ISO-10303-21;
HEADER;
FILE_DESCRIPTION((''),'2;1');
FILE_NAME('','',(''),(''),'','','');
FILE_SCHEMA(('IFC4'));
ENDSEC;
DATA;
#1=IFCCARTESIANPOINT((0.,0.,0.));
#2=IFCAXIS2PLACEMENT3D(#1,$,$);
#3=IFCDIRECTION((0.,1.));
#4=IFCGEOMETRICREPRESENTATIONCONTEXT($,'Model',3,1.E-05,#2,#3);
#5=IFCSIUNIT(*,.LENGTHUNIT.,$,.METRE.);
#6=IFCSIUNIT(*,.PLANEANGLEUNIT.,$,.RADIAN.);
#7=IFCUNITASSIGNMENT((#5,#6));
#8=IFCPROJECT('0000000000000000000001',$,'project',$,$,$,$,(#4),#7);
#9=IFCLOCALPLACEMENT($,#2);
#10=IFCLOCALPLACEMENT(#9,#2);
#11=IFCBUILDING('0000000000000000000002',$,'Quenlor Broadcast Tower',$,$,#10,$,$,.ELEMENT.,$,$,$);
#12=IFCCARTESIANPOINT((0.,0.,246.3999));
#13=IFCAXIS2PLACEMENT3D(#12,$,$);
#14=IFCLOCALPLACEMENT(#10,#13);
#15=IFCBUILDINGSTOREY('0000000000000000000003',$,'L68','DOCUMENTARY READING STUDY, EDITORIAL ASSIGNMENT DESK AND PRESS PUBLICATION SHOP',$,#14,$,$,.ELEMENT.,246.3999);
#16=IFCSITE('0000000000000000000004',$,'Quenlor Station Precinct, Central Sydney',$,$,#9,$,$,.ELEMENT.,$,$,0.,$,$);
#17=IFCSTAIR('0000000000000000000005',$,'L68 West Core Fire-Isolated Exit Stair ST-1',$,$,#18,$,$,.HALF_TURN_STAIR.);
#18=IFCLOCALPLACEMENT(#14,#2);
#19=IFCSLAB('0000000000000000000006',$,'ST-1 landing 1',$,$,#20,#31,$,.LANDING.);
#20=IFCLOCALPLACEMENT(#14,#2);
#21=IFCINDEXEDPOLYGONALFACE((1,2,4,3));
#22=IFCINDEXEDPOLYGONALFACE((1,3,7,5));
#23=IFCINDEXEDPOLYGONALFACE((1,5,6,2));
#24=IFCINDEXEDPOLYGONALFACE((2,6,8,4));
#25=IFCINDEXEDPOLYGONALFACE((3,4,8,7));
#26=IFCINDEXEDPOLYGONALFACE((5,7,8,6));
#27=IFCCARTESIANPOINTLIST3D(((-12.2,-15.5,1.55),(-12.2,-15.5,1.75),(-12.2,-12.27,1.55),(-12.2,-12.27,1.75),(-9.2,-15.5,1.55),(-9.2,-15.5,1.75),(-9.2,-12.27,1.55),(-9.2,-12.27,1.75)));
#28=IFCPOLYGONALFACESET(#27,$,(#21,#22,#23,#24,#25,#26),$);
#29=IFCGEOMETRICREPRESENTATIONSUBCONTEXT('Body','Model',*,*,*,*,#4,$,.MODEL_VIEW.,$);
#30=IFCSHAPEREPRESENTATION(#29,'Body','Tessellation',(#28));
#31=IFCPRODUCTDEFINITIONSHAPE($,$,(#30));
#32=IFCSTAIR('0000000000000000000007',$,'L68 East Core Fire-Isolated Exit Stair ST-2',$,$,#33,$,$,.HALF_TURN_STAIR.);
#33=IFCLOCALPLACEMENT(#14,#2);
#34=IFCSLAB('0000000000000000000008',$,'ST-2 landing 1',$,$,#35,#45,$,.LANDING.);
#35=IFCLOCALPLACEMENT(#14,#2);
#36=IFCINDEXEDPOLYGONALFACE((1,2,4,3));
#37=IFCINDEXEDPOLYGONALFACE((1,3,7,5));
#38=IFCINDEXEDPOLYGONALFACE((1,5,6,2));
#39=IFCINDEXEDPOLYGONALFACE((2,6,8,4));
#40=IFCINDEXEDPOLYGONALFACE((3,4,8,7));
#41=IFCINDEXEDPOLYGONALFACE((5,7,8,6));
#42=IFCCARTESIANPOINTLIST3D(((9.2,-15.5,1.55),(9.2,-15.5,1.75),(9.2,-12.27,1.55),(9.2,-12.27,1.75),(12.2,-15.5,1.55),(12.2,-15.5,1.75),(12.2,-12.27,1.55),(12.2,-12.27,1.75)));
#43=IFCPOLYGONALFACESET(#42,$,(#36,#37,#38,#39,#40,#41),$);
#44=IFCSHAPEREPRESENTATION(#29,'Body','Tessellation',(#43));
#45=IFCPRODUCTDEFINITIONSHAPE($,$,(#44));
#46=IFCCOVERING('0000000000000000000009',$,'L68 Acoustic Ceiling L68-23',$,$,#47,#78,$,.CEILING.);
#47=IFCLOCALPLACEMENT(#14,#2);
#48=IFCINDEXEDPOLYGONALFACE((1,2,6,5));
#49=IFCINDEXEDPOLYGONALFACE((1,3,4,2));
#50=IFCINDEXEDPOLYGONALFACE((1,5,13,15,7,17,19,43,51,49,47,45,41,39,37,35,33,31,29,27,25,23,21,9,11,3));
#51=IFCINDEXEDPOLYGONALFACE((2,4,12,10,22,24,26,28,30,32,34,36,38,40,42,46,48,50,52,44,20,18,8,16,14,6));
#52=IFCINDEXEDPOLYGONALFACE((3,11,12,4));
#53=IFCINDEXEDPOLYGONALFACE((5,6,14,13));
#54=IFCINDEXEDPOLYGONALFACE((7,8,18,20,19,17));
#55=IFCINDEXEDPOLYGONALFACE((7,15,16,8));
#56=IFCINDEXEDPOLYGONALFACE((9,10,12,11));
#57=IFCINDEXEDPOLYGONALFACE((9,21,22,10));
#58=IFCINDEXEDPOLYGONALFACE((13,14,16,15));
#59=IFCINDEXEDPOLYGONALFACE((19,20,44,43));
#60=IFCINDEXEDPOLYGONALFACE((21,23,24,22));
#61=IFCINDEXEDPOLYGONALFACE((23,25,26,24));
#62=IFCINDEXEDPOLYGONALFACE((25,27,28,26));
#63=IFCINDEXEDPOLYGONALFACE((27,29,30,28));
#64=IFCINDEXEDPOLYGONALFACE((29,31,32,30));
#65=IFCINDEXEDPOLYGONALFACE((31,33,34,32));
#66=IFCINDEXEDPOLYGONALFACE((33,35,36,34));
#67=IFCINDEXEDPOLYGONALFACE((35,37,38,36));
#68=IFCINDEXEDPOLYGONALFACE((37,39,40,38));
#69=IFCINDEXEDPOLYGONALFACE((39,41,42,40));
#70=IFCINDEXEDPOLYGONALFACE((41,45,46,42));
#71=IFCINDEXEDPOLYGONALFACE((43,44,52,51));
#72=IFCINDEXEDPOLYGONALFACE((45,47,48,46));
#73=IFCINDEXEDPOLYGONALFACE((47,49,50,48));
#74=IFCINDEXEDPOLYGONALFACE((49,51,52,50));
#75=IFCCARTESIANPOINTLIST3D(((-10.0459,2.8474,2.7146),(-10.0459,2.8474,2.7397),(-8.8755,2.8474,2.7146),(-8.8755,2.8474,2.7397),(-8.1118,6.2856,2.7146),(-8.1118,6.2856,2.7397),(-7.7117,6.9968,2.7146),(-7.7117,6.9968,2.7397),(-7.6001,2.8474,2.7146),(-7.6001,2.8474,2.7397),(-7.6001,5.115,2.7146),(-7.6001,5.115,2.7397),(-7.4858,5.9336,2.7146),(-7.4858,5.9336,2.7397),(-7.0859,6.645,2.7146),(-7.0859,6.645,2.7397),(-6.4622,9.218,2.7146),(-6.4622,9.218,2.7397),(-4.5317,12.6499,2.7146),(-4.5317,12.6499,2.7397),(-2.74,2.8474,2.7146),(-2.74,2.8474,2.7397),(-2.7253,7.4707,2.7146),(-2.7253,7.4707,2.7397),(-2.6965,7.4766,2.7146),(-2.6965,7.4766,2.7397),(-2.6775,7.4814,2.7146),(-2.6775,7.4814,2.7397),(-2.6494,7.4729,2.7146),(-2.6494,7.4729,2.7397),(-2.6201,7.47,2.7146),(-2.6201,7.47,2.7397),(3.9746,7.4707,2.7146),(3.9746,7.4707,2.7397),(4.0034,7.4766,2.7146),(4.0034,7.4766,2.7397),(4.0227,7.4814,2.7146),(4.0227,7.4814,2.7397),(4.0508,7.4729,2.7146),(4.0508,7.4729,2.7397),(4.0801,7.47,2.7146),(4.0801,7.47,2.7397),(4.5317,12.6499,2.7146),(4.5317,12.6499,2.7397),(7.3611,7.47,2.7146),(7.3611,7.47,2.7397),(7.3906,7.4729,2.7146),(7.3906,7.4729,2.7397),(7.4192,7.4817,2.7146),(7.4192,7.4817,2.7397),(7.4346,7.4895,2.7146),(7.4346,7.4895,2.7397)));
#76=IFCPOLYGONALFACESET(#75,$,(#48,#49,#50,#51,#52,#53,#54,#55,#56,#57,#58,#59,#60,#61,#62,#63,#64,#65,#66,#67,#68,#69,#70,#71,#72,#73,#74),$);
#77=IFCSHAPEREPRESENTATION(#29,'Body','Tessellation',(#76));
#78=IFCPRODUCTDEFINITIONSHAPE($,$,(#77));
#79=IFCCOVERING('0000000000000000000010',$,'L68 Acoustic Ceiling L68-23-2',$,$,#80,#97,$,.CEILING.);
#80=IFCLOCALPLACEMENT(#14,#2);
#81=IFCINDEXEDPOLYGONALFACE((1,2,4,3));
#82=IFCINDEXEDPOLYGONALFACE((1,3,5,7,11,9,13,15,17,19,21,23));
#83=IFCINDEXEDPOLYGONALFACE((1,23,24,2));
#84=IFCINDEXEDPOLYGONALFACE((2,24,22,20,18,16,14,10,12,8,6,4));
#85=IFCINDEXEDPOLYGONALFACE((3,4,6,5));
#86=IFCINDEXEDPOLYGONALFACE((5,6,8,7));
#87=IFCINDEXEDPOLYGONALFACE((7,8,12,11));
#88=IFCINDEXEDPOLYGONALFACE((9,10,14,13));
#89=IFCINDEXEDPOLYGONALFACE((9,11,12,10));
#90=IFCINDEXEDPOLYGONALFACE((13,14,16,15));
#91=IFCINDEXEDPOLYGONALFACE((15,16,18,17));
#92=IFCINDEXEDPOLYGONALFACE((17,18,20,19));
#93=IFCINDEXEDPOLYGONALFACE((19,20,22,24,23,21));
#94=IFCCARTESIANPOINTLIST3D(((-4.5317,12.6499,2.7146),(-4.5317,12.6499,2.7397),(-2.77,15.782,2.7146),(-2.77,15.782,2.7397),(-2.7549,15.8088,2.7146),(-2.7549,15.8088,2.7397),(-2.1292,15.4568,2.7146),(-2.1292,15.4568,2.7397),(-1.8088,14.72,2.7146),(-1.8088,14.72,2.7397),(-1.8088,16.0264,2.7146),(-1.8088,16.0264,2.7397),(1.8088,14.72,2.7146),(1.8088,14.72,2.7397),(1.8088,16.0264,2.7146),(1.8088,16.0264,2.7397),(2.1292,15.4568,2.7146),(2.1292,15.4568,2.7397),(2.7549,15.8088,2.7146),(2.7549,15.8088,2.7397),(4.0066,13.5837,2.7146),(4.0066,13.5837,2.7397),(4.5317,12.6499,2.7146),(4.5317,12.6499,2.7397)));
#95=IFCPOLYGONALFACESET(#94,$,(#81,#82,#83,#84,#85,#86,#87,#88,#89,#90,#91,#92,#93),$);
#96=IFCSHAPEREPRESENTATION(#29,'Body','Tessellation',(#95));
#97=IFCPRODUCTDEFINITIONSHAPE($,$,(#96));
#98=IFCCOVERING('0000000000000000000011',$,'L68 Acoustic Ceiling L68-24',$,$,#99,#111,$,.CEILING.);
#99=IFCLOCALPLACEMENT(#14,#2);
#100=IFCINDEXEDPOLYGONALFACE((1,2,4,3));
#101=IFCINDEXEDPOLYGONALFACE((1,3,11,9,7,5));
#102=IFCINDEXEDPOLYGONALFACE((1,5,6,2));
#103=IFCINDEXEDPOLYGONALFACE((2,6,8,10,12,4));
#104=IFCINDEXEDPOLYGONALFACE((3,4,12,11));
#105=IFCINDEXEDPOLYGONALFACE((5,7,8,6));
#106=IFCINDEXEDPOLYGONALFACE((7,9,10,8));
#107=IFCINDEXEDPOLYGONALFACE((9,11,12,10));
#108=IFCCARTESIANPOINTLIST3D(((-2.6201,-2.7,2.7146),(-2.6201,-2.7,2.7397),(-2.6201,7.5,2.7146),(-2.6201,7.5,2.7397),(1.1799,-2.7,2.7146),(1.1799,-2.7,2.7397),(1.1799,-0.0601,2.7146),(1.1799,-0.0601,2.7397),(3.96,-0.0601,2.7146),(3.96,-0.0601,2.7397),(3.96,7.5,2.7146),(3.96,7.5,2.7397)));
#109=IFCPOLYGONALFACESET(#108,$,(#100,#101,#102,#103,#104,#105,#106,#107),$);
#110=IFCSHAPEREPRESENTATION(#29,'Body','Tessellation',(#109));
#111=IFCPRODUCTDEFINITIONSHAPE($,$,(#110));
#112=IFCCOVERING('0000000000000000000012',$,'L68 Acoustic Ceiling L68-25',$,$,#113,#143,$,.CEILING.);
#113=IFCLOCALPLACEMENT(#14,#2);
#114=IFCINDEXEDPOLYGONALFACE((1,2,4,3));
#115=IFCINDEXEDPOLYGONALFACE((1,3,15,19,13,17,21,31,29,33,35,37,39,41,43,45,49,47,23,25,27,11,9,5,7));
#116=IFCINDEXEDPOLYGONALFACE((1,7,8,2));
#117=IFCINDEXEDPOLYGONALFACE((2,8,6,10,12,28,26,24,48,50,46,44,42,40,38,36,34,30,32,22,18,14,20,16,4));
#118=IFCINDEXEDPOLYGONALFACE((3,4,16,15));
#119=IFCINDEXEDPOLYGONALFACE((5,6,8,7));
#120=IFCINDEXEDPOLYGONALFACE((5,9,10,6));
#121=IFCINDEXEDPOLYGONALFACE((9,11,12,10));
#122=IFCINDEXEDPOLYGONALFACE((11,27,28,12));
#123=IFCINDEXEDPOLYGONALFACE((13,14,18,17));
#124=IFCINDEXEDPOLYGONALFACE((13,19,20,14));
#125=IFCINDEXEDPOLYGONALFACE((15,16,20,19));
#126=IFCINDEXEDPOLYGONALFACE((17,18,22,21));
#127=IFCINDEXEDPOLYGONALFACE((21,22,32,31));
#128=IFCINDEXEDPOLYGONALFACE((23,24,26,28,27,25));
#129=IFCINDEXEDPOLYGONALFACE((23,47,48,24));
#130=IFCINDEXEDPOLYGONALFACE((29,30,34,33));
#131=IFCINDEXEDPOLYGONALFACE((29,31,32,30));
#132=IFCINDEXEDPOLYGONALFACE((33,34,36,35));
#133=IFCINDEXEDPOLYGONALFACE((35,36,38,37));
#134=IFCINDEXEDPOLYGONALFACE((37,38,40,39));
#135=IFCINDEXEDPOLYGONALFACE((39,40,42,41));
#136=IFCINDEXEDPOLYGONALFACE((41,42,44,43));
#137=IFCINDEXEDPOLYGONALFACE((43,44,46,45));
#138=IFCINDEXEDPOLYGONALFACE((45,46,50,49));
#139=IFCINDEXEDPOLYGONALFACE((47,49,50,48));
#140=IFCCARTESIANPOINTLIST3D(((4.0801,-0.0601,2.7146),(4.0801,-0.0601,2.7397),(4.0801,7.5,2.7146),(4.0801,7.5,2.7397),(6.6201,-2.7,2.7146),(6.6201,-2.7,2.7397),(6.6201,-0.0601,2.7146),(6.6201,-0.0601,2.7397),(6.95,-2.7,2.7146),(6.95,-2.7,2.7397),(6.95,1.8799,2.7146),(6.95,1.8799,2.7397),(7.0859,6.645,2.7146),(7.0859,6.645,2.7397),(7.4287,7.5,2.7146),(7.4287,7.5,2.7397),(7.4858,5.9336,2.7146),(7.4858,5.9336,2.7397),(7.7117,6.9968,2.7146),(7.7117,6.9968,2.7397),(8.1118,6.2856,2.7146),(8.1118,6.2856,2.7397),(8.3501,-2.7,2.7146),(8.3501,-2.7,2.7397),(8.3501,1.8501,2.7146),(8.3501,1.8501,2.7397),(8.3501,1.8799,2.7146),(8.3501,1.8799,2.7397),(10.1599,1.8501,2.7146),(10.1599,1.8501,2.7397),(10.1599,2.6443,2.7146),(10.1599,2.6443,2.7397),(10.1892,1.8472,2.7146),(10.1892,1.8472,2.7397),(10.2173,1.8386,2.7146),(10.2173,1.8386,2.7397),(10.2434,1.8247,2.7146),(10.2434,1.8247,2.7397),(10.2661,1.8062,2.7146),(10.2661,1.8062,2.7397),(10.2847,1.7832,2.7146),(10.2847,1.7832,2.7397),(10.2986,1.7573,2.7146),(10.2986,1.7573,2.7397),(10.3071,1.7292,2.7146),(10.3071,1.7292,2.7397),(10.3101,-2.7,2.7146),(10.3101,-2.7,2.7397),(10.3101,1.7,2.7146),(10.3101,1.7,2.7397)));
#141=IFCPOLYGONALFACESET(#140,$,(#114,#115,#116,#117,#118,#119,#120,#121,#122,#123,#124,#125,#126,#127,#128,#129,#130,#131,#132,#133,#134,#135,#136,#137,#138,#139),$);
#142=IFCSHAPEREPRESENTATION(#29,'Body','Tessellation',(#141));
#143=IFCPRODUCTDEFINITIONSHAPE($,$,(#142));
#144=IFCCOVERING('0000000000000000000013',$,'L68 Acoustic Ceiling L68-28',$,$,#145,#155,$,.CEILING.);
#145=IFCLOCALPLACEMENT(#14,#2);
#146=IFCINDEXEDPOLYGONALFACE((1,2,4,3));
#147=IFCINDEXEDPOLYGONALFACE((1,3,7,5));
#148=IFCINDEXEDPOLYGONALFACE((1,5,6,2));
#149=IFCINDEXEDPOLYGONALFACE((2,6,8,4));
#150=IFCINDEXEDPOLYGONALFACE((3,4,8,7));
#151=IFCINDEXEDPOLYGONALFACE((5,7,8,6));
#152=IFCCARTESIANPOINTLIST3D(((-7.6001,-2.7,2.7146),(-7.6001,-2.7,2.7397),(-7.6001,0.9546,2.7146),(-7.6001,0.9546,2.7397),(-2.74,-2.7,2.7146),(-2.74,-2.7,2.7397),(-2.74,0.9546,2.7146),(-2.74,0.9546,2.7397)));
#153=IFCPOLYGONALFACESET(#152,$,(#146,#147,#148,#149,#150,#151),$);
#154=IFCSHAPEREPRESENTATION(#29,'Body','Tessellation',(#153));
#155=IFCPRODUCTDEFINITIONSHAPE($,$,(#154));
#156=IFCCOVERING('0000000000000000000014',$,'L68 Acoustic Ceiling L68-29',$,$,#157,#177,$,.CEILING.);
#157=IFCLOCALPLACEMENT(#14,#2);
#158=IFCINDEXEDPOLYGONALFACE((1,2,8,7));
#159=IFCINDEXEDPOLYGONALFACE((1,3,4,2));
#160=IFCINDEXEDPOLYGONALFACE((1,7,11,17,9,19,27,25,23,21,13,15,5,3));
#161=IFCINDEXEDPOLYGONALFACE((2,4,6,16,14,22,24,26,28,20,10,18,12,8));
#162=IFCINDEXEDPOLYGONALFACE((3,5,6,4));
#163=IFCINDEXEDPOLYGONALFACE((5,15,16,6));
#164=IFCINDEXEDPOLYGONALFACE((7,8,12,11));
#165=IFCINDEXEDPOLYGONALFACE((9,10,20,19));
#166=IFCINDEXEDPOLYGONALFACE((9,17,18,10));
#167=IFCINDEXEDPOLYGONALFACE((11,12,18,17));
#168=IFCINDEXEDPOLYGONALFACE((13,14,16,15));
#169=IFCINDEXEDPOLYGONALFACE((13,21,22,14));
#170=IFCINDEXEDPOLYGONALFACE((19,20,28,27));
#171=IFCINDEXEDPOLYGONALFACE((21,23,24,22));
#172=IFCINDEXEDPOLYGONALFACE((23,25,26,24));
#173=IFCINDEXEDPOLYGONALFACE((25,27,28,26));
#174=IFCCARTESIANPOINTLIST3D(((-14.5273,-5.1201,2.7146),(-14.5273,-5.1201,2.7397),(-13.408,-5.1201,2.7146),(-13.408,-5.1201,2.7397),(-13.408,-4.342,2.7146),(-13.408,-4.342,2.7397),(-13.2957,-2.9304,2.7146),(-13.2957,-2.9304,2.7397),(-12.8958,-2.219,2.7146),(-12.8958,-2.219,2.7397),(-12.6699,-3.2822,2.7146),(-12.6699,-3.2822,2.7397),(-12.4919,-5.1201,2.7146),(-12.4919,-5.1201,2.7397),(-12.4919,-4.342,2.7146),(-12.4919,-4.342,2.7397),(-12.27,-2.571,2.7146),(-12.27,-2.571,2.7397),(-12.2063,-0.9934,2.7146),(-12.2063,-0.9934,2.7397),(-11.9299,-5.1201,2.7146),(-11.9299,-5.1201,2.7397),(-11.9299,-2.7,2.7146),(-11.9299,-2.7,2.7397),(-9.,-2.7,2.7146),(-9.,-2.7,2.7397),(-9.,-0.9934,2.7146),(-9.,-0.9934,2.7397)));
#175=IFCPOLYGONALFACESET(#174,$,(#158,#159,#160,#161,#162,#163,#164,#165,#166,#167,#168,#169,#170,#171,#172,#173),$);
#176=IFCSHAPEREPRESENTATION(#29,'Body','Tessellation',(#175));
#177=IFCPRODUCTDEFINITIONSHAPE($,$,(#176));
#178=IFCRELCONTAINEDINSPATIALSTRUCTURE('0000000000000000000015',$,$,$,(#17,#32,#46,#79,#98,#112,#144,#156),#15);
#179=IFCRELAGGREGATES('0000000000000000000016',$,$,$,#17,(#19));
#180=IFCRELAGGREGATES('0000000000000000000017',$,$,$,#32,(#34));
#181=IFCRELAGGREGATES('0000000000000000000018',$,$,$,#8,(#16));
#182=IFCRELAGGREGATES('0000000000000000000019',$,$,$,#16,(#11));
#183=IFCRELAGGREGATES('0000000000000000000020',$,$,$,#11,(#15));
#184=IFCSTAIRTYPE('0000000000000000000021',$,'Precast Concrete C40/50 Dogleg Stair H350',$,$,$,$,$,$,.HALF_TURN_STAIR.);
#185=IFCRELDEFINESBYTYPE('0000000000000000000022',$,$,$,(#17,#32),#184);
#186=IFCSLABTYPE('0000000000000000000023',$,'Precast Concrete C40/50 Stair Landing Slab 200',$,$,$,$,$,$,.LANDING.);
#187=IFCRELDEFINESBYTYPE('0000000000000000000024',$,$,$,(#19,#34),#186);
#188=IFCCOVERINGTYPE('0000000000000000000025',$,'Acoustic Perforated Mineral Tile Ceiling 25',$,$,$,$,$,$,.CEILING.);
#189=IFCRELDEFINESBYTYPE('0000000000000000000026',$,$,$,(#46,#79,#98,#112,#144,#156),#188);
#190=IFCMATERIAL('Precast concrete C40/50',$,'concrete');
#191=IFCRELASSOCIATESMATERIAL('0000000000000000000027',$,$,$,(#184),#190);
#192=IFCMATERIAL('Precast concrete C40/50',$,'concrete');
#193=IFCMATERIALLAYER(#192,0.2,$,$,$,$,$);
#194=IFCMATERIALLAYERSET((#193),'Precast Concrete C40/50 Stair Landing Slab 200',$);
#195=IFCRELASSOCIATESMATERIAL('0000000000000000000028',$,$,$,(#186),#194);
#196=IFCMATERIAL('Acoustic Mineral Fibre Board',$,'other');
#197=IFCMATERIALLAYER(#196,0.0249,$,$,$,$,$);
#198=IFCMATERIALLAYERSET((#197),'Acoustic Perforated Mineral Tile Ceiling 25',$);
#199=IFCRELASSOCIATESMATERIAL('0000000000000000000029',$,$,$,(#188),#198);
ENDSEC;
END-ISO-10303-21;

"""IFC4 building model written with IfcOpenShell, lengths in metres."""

from ifc_helpers import new_model, si_unit, direction, frame, origin, place, context, subcontext, project, spatial, polyline, outline, extrude, material, layer, layer_set, type_object, element, aggregate, save


model = new_model("IFC4")

# Units and contexts
model_context = context("Model", 3, precision=1e-05, world=origin(), true_north=direction((0.0, 1.0)))
body_context = subcontext(model_context, "Body", "Model", "MODEL_VIEW")
ifc_project = project(units=[si_unit("LENGTHUNIT", "METRE"), si_unit("PLANEANGLEUNIT", "RADIAN")], contexts=[model_context])

# Site, building, storey
site_placement = place(None, origin())
site = spatial("IfcSite", under=ifc_project, at=site_placement, Name="Quenlor Station Precinct, Central Sydney", CompositionType="ELEMENT", RefElevation=0.0)
building_placement = place(site_placement, origin())
building = spatial("IfcBuilding", under=site, at=building_placement, Name="Quenlor Broadcast Tower", CompositionType="ELEMENT")
storey_placement = place(building_placement, frame((0.0, 0.0, 246.3999)))
storey = spatial("IfcBuildingStorey", under=building, at=storey_placement, Name="L68", Description="DOCUMENTARY READING STUDY, EDITORIAL ASSIGNMENT DESK AND PRESS PUBLICATION SHOP", CompositionType="ELEMENT", Elevation=246.3999)

# Stairs, slabs
ifc_material_1 = material(Name="Precast concrete C40/50", Category="concrete")
stair_type = type_object("IfcStairType", Name="Precast Concrete C40/50 Dogleg Stair H350", PredefinedType="HALF_TURN_STAIR", material=ifc_material_1)
stair_1_placement = place(storey_placement, origin())
stair_1 = element("IfcStair", 1, at=stair_1_placement, inside=storey, type_object=stair_type, Name="L68 West Core Fire-Isolated Exit Stair ST-1", PredefinedType="HALF_TURN_STAIR")
ifc_material_2 = material(Name="Precast concrete C40/50", Category="concrete")
ifc_layer_1 = layer(ifc_material_2, 0.2)
ifc_layer_set_1 = layer_set([ifc_layer_1], Name="Precast Concrete C40/50 Stair Landing Slab 200")
slab_type = type_object("IfcSlabType", Name="Precast Concrete C40/50 Stair Landing Slab 200", PredefinedType="LANDING", material=ifc_layer_set_1)
slab_1_placement = place(storey_placement, frame((0.0, 0.0, 1.55)))
slab_1 = element("IfcSlab", 2, at=slab_1_placement, type_object=slab_type, Name="ST-1 landing 1", PredefinedType="LANDING", context=body_context, shape_type="SweptSolid", body=[
    extrude(outline(polyline([(-12.2, -12.27), (-12.2, -15.5), (-9.2, -15.5), (-9.2, -12.27), (-12.2, -12.27)])), origin(), (0.0, 0.0, 1.0), 0.2),
])
aggregate(stair_1, [slab_1])
stair_2_placement = place(storey_placement, origin())
stair_2 = element("IfcStair", 3, at=stair_2_placement, inside=storey, type_object=stair_type, Name="L68 East Core Fire-Isolated Exit Stair ST-2", PredefinedType="HALF_TURN_STAIR")
slab_2_placement = place(storey_placement, frame((0.0, 0.0, 1.55)))
slab_2 = element("IfcSlab", 4, at=slab_2_placement, type_object=slab_type, Name="ST-2 landing 1", PredefinedType="LANDING", context=body_context, shape_type="SweptSolid", body=[
    extrude(outline(polyline([(9.2, -12.27), (9.2, -15.5), (12.2, -15.5), (12.2, -12.27), (9.2, -12.27)])), origin(), (0.0, 0.0, 1.0), 0.2),
])
aggregate(stair_2, [slab_2])

# Coverings
ifc_material_3 = material(Name="Acoustic Mineral Fibre Board", Category="other")
ifc_layer_2 = layer(ifc_material_3, 0.0249)
ifc_layer_set_2 = layer_set([ifc_layer_2], Name="Acoustic Perforated Mineral Tile Ceiling 25")
covering_type_1 = type_object("IfcCoveringType", Name="Acoustic Perforated Mineral Tile Ceiling 25", PredefinedType="CEILING", material=ifc_layer_set_2)
covering_1_placement = place(storey_placement, frame((0.0, 0.0, 2.7146)))
element("IfcCovering", 5, at=covering_1_placement, inside=storey, type_object=covering_type_1, Name="L68 Acoustic Ceiling L68-23", PredefinedType="CEILING", context=body_context, shape_type="SweptSolid", body=[
    extrude(outline(polyline([(7.4346, 7.4895), (7.4192, 7.4817), (7.3906, 7.4729), (7.3611, 7.47), (4.0801, 7.47), (4.0508, 7.4729), (4.0227, 7.4814), (4.0034, 7.4766), (3.9746, 7.4707), (-2.6201, 7.47), (-2.6494, 7.4729), (-2.6775, 7.4814), (-2.6965, 7.4766), (-2.7253, 7.4707), (-2.74, 2.8474), (-7.6001, 2.8474), (-7.6001, 5.115), (-8.8755, 2.8474), (-10.0459, 2.8474), (-8.1118, 6.2856), (-7.4858, 5.9336), (-7.0859, 6.645), (-7.7117, 6.9968), (-6.4622, 9.218), (-4.5317, 12.6499), (4.5317, 12.6499), (7.4346, 7.4895)])), origin(), (0.0, 0.0, 1.0), 0.0251),
])
covering_2_placement = place(storey_placement, frame((0.0, 0.0, 2.7146)))
element("IfcCovering", 6, at=covering_2_placement, inside=storey, type_object=covering_type_1, Name="L68 Acoustic Ceiling L68-23-2", PredefinedType="CEILING", context=body_context, shape_type="SweptSolid", body=[
    extrude(outline(polyline([(-2.1292, 15.4568), (-1.8088, 16.0264), (-1.8088, 14.72), (1.8088, 14.72), (1.8088, 16.0264), (2.1292, 15.4568), (2.7549, 15.8088), (4.0066, 13.5837), (4.5317, 12.6499), (-4.5317, 12.6499), (-2.77, 15.782), (-2.7549, 15.8088), (-2.1292, 15.4568)])), origin(), (0.0, 0.0, 1.0), 0.0251),
])
covering_3_placement = place(storey_placement, frame((0.0, 0.0, 2.7146)))
element("IfcCovering", 7, at=covering_3_placement, inside=storey, type_object=covering_type_1, Name="L68 Acoustic Ceiling L68-24", PredefinedType="CEILING", context=body_context, shape_type="SweptSolid", body=[
    extrude(outline(polyline([(-2.6201, 7.5), (3.96, 7.5), (3.96, -0.0601), (1.1799, -0.0601), (1.1799, -2.7), (-2.6201, -2.7), (-2.6201, 7.5)])), origin(), (0.0, 0.0, 1.0), 0.0251),
])
covering_4_placement = place(storey_placement, frame((0.0, 0.0, 2.7146)))
element("IfcCovering", 8, at=covering_4_placement, inside=storey, type_object=covering_type_1, Name="L68 Acoustic Ceiling L68-25", PredefinedType="CEILING", context=body_context, shape_type="SweptSolid", body=[
    extrude(outline(polyline([(6.6201, -2.7), (6.6201, -0.0601), (4.0801, -0.0601), (4.0801, 7.5), (7.4287, 7.5), (7.7117, 6.9968), (7.0859, 6.645), (7.4858, 5.9336), (8.1118, 6.2856), (10.1599, 2.6443), (10.1599, 1.8501), (10.1892, 1.8472), (10.2173, 1.8386), (10.2434, 1.8247), (10.2661, 1.8062), (10.2847, 1.7832), (10.2986, 1.7573), (10.3071, 1.7292), (10.3101, 1.7), (10.3101, -2.7), (8.3501, -2.7), (8.3501, 1.8501), (8.3501, 1.8799), (6.95, 1.8799), (6.95, -2.7), (6.6201, -2.7)])), origin(), (0.0, 0.0, 1.0), 0.0251),
])
covering_5_placement = place(storey_placement, frame((0.0, 0.0, 2.7146)))
element("IfcCovering", 9, at=covering_5_placement, inside=storey, type_object=covering_type_1, Name="L68 Acoustic Ceiling L68-28", PredefinedType="CEILING", context=body_context, shape_type="SweptSolid", body=[
    extrude(outline(polyline([(-2.74, 0.9546), (-2.74, -2.7), (-7.6001, -2.7), (-7.6001, 0.9546), (-2.74, 0.9546)])), origin(), (0.0, 0.0, 1.0), 0.0251),
])
covering_6_placement = place(storey_placement, frame((0.0, 0.0, 2.7146)))
element("IfcCovering", 10, at=covering_6_placement, inside=storey, type_object=covering_type_1, Name="L68 Acoustic Ceiling L68-29", PredefinedType="CEILING", context=body_context, shape_type="SweptSolid", body=[
    extrude(outline(polyline([(-13.2957, -2.9304), (-12.6699, -3.2822), (-12.27, -2.571), (-12.8958, -2.219), (-12.2063, -0.9934), (-9.0, -0.9934), (-9.0, -2.7), (-11.9299, -2.7), (-11.9299, -5.1201), (-12.4919, -5.1201), (-12.4919, -4.342), (-13.408, -4.342), (-13.408, -5.1201), (-14.5273, -5.1201), (-13.2957, -2.9304)])), origin(), (0.0, 0.0, 1.0), 0.0251),
])

save(model, "model.ifc")
